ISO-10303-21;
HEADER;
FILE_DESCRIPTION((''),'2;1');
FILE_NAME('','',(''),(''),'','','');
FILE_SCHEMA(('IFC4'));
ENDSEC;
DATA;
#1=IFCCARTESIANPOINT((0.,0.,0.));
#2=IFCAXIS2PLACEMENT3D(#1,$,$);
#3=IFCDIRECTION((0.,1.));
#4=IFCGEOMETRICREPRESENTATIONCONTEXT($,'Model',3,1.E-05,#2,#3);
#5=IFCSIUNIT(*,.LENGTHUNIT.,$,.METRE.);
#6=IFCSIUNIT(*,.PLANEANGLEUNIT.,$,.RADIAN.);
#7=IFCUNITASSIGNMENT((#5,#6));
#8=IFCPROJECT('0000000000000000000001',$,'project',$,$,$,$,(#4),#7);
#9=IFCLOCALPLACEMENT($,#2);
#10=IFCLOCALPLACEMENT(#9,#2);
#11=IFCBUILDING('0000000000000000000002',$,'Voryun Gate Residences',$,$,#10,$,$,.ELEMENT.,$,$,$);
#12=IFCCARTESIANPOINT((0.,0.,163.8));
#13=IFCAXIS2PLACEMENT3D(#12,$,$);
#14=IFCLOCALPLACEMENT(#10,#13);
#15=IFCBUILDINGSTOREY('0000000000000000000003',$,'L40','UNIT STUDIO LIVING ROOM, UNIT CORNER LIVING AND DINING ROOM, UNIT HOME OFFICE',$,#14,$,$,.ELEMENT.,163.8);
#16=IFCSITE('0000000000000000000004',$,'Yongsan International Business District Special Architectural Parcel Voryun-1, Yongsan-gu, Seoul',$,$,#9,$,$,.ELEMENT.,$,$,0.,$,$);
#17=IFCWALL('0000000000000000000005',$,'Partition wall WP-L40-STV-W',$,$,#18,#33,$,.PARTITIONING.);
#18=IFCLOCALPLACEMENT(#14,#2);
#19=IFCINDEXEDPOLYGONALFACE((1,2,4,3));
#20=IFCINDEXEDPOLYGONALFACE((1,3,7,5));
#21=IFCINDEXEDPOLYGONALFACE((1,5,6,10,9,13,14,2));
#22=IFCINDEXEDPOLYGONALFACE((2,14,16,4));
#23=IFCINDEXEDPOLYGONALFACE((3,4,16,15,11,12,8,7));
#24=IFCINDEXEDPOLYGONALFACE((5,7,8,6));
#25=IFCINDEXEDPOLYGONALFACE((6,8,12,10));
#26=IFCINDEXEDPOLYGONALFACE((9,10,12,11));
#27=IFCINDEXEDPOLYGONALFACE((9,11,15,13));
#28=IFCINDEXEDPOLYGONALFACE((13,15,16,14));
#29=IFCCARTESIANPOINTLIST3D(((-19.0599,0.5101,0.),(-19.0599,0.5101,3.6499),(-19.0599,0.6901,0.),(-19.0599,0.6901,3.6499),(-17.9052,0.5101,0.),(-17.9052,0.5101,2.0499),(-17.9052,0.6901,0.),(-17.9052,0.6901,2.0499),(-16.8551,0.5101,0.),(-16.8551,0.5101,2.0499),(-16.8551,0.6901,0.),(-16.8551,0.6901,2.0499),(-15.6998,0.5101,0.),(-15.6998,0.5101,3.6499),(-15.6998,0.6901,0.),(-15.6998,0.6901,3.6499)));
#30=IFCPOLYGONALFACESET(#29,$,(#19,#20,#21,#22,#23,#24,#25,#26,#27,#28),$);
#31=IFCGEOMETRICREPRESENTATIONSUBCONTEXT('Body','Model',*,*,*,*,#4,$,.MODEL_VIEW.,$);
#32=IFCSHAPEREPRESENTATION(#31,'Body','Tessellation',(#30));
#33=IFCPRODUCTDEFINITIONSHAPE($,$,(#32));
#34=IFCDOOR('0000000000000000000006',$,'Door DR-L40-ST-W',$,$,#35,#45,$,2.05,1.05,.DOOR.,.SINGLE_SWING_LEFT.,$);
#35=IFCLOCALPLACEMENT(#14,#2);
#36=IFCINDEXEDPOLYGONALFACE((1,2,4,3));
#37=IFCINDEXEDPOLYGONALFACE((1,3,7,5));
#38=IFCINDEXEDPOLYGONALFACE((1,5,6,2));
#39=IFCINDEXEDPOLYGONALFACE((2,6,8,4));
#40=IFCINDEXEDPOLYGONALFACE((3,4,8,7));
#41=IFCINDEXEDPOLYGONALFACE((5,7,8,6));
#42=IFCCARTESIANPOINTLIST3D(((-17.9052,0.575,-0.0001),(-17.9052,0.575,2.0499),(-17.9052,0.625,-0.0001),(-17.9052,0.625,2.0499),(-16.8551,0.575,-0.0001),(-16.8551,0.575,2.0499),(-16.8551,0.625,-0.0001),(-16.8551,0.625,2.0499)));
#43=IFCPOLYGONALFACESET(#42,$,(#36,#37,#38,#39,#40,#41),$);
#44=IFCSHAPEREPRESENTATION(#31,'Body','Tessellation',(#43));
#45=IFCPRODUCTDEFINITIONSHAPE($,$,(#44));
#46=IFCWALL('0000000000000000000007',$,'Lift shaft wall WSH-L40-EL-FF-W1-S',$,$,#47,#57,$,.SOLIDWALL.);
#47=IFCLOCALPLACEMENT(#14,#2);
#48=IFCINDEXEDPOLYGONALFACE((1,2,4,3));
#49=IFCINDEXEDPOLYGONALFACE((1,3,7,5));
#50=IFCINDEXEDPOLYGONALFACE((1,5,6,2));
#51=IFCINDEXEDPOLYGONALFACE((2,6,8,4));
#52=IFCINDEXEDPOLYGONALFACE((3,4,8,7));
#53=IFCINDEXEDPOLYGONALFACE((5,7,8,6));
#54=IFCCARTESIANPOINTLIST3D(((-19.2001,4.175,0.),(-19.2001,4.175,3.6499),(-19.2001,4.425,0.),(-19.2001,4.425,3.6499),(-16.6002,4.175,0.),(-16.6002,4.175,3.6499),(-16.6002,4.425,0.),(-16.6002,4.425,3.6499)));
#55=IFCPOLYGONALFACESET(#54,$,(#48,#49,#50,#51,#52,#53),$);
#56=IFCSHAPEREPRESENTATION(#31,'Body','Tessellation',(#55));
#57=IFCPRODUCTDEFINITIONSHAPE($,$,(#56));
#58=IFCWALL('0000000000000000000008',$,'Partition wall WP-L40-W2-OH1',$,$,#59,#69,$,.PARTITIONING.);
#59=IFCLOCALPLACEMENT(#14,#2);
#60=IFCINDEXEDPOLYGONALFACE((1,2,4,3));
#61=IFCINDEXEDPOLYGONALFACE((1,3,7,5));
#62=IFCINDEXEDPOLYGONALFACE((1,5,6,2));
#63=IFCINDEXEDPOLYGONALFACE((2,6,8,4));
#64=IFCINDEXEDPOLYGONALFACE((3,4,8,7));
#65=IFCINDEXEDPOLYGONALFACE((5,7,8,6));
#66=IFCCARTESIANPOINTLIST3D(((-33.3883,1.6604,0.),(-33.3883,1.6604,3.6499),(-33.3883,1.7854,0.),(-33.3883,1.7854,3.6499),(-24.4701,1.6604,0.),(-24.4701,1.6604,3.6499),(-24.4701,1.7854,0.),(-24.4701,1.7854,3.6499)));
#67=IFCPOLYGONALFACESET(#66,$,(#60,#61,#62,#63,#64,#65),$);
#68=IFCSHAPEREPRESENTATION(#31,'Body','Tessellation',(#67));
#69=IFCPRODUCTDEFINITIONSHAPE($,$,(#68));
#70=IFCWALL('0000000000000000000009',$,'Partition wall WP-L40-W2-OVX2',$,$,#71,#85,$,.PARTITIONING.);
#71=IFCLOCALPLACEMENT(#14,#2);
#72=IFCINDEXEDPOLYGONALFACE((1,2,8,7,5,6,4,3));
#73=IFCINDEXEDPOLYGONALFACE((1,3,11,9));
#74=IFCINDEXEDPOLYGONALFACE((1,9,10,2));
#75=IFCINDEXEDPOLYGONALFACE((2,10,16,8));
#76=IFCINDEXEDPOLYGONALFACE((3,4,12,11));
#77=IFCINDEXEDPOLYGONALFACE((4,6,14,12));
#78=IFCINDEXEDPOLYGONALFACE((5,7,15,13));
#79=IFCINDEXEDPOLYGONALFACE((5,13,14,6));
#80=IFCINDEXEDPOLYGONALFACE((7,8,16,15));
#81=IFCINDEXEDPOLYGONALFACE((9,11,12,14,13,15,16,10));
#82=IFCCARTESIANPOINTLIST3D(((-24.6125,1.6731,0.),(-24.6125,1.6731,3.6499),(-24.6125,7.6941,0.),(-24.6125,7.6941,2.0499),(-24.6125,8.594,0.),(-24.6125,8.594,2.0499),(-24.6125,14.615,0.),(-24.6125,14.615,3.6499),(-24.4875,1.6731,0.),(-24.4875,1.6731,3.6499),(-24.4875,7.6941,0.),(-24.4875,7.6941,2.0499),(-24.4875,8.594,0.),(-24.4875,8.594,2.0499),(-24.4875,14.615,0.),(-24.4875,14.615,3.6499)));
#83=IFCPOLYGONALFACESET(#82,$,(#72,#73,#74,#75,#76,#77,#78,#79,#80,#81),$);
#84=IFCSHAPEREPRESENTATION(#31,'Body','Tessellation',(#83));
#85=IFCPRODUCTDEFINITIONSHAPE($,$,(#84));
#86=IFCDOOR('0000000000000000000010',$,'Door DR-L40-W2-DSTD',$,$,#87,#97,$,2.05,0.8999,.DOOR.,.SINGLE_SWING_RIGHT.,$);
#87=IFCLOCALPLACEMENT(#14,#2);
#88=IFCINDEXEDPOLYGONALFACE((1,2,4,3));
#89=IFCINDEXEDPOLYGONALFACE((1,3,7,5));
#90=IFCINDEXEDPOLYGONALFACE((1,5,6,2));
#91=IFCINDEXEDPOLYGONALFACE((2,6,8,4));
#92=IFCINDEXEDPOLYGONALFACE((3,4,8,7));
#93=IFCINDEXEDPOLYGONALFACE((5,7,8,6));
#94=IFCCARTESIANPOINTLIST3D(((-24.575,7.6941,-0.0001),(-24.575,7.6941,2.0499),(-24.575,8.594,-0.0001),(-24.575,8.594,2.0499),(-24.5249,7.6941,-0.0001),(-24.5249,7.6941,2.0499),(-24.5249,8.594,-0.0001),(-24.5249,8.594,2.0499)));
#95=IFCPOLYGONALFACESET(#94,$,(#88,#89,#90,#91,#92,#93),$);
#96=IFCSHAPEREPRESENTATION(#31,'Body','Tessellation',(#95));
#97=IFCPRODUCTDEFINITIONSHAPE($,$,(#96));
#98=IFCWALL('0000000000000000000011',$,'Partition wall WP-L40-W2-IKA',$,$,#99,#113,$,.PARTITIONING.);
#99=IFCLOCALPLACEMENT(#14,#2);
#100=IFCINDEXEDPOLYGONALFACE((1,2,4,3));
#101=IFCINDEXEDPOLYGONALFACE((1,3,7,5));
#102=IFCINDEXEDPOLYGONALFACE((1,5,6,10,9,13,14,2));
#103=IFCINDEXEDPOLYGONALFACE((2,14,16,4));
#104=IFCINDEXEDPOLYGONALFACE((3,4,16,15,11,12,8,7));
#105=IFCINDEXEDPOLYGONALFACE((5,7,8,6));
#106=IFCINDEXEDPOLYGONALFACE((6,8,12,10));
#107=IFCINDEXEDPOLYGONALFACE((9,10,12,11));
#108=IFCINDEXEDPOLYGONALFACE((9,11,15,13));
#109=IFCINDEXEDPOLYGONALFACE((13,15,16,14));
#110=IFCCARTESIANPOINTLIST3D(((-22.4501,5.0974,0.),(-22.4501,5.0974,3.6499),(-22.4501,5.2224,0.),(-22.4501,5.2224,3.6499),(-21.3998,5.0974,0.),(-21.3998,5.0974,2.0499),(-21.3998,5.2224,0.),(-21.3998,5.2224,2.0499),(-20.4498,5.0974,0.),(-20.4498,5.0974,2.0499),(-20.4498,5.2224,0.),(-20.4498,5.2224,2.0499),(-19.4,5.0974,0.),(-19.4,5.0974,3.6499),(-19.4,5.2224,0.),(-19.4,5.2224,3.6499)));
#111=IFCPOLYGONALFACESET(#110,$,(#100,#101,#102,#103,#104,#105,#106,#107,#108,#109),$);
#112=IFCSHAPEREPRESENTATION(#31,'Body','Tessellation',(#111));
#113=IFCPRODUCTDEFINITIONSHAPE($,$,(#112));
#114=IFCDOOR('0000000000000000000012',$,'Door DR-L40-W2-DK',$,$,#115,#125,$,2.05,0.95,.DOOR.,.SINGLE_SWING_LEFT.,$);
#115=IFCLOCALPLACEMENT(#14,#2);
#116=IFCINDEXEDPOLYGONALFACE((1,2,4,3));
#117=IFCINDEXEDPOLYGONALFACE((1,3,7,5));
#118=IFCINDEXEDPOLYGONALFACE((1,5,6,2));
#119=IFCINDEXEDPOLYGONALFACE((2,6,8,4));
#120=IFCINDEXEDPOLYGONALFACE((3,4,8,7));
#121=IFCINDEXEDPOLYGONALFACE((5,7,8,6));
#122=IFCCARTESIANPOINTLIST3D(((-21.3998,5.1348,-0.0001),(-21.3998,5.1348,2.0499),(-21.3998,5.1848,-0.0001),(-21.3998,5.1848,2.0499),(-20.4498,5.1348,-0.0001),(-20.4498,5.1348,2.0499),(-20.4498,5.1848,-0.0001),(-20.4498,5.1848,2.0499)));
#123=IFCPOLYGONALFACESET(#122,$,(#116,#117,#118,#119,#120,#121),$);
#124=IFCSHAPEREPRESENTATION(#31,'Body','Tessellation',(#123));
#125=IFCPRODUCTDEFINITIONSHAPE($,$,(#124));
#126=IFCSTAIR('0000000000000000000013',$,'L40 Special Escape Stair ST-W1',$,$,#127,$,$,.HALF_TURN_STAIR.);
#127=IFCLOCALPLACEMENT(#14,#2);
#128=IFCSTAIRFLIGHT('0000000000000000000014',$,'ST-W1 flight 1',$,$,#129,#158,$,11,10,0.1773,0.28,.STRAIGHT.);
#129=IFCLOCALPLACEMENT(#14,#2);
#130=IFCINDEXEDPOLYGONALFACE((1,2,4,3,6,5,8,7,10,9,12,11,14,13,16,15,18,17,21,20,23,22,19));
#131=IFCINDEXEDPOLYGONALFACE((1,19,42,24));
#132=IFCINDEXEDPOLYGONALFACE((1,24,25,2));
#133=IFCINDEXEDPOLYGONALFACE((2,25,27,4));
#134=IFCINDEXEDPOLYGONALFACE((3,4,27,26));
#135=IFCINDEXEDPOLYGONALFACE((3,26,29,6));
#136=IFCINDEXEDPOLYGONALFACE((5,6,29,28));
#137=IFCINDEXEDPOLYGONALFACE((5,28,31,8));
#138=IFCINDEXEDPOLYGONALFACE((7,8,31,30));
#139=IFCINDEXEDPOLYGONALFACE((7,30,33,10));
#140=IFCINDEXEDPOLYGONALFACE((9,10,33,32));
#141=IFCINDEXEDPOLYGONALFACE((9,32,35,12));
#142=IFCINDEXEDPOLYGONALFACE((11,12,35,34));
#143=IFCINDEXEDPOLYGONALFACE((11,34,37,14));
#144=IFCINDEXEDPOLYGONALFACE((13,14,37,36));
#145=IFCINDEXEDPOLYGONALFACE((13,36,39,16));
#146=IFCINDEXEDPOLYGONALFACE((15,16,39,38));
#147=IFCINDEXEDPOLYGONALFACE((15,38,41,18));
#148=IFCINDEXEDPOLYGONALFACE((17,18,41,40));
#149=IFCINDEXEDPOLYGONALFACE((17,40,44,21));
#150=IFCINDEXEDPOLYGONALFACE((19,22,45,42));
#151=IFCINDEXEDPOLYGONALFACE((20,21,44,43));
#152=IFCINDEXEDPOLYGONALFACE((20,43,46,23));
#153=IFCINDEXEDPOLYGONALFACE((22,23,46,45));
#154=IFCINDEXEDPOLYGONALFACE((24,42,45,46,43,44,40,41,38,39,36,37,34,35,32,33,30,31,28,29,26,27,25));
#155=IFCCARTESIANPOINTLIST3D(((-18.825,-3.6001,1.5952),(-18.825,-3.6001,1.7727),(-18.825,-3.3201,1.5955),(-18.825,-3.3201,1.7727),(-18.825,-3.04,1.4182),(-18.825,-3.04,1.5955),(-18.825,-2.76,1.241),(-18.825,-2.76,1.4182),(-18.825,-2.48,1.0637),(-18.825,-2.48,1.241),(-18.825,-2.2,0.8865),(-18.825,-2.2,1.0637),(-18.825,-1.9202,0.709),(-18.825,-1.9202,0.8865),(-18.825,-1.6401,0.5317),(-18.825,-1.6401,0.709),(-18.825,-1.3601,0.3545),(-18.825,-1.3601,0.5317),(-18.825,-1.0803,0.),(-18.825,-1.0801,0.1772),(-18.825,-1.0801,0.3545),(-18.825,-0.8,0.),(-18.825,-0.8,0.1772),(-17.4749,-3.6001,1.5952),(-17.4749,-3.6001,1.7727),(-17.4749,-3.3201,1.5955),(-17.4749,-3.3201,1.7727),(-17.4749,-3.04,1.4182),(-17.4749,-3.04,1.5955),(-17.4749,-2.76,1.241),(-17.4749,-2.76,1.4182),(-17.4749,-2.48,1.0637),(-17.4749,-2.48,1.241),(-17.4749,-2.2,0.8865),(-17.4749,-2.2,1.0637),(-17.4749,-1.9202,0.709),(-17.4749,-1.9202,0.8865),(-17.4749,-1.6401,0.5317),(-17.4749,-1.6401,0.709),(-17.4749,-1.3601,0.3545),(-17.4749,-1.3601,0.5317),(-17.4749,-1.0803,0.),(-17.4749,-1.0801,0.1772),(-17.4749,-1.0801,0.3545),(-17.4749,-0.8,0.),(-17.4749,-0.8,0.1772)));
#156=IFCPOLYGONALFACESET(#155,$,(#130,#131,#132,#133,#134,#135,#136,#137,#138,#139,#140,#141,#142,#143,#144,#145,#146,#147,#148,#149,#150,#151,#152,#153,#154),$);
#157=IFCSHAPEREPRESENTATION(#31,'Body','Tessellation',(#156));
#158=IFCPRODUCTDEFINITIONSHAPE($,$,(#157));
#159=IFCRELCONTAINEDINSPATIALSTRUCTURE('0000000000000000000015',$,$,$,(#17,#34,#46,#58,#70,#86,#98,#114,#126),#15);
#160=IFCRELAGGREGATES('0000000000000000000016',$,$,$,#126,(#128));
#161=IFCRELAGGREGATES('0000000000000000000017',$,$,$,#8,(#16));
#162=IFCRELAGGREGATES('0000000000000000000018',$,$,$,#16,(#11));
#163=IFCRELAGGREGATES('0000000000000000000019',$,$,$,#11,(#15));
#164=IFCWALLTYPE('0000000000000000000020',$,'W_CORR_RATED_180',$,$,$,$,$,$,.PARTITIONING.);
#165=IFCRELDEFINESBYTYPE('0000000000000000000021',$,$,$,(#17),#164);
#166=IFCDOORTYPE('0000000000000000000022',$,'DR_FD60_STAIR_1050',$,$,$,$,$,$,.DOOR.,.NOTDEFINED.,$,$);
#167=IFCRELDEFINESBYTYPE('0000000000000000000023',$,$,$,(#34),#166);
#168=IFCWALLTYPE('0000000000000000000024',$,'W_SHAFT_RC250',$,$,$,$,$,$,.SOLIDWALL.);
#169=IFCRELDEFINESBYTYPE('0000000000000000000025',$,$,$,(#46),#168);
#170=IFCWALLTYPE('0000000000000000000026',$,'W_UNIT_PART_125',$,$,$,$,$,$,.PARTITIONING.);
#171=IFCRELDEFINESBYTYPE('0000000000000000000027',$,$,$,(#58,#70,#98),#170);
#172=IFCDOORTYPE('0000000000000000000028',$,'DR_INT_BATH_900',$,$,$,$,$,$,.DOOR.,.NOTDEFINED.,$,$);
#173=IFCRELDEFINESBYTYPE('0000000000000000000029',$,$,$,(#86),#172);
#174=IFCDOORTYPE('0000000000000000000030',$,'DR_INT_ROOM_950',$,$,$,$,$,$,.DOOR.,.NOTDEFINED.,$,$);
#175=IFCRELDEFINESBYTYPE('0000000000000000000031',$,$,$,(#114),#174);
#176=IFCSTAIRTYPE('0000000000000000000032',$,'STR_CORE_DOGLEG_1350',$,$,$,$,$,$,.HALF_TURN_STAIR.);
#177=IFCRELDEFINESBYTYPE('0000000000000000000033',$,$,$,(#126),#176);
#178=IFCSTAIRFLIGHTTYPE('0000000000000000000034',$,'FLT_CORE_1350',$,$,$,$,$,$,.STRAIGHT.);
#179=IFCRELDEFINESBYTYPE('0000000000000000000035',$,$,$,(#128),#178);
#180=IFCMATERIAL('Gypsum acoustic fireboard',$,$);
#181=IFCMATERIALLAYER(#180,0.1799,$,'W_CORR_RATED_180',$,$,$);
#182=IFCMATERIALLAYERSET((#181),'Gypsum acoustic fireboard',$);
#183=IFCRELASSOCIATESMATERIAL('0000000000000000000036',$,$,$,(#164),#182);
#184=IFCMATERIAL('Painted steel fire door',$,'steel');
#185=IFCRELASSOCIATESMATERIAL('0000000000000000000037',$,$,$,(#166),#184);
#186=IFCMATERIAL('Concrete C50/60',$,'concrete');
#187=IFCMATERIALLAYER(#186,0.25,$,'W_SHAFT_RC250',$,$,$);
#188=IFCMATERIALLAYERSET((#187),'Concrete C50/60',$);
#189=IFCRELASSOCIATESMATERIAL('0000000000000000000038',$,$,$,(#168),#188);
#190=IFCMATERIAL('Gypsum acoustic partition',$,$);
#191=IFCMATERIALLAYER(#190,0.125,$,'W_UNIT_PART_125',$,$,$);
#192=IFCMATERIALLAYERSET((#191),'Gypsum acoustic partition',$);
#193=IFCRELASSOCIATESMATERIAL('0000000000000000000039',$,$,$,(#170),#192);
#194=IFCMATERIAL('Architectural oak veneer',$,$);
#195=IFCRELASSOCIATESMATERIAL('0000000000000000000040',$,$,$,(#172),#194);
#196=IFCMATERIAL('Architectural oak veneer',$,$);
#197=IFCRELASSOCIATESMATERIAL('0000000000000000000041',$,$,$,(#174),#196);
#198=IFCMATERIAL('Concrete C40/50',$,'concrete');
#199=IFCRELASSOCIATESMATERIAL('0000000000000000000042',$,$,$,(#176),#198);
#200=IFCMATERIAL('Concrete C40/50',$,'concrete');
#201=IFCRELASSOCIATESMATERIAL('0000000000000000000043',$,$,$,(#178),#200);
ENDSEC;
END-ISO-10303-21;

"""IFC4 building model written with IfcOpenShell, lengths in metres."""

from ifc_helpers import new_model, si_unit, direction, frame, frame_2d, origin, place, context, subcontext, project, spatial, polyline, rectangle, outline, extrude, material, layer, layer_set, type_object, element, fill, aggregate, save


model = new_model("IFC4")

# Units and contexts
model_context = context("Model", 3, precision=1e-05, world=origin(), true_north=direction((0.0, 1.0)))
body_context = subcontext(model_context, "Body", "Model", "MODEL_VIEW")
ifc_project = project(units=[si_unit("LENGTHUNIT", "METRE"), si_unit("PLANEANGLEUNIT", "RADIAN")], contexts=[model_context])

# Site, building, storey
site_placement = place(None, origin())
site = spatial("IfcSite", under=ifc_project, at=site_placement, Name="Yongsan International Business District Special Architectural Parcel Voryun-1, Yongsan-gu, Seoul", CompositionType="ELEMENT", RefElevation=0.0)
building_placement = place(site_placement, origin())
building = spatial("IfcBuilding", under=site, at=building_placement, Name="Voryun Gate Residences", CompositionType="ELEMENT")
storey_placement = place(building_placement, frame((0.0, 0.0, 163.8)))
storey = spatial("IfcBuildingStorey", under=building, at=storey_placement, Name="L40", Description="UNIT STUDIO LIVING ROOM, UNIT CORNER LIVING AND DINING ROOM, UNIT HOME OFFICE", CompositionType="ELEMENT", Elevation=163.8)

# Wall, opening, door
ifc_material_1 = material(Name="Gypsum acoustic fireboard")
ifc_layer_1 = layer(ifc_material_1, 0.1799, Name="W_CORR_RATED_180")
ifc_layer_set_1 = layer_set([ifc_layer_1], Name="Gypsum acoustic fireboard")
wall_type_1 = type_object("IfcWallType", Name="W_CORR_RATED_180", PredefinedType="PARTITIONING", material=ifc_layer_set_1)
wall_1_placement = place(storey_placement, frame((-19.0601, 0.6001, 0.0), z_axis=(0.0, 0.0, 1.0), x_axis=(1.0, 0.0, 0.0)))
wall_1 = element("IfcWall", 1, at=wall_1_placement, inside=storey, type_object=wall_type_1, Name="Partition wall WP-L40-STV-W", PredefinedType="PARTITIONING", context=body_context, shape_type="SweptSolid", body=[
    extrude(rectangle(XDim=3.3601, YDim=0.1799, at=frame_2d((1.6802, 0.0))), origin(), (0.0, 0.0, 1.0), 3.6499),
])
opening_1_placement = place(wall_1_placement, frame((1.155, 0.0, 0.0)))
opening_1 = element("IfcOpeningElement", 2, at=opening_1_placement, cuts=wall_1, PredefinedType="OPENING", context=body_context, shape_type="SweptSolid", body=[
    extrude(rectangle(XDim=1.05, YDim=2.05, at=frame_2d((0.5249, 1.0249))), frame((0.0, 0.0999, 0.0), z_axis=(0.0, -1.0, 0.0), x_axis=(1.0, 0.0, 0.0)), (0.0, 0.0, 1.0), 0.2),
])
ifc_material_2 = material(Name="Painted steel fire door", Category="steel")
door_type_1 = type_object("IfcDoorType", Name="DR_FD60_STAIR_1050", OperationType="NOTDEFINED", PredefinedType="DOOR", material=ifc_material_2)
door_1_placement = place(opening_1_placement, origin())
door_1 = element("IfcDoor", 3, at=door_1_placement, inside=storey, type_object=door_type_1, Name="Door DR-L40-ST-W", OperationType="SINGLE_SWING_LEFT", OverallHeight=2.05, OverallWidth=1.05, PredefinedType="DOOR", context=body_context, shape_type="SweptSolid", body=[
    extrude(rectangle(XDim=1.05, YDim=2.05, at=frame_2d((0.5249, 1.0249))), frame((0.0, 0.0249, 0.0), z_axis=(0.0, -1.0, 0.0), x_axis=(1.0, 0.0, 0.0)), (0.0, 0.0, 1.0), 0.05),
])
fill(opening_1, door_1)

# Walls
ifc_material_3 = material(Name="Concrete C50/60", Category="concrete")
ifc_layer_2 = layer(ifc_material_3, 0.25, Name="W_SHAFT_RC250")
ifc_layer_set_2 = layer_set([ifc_layer_2], Name="Concrete C50/60")
wall_type_2 = type_object("IfcWallType", Name="W_SHAFT_RC250", PredefinedType="SOLIDWALL", material=ifc_layer_set_2)
wall_2_placement = place(storey_placement, frame((-19.2, 4.3, 0.0), z_axis=(0.0, 0.0, 1.0), x_axis=(1.0, 0.0, 0.0)))
element("IfcWall", 4, at=wall_2_placement, inside=storey, type_object=wall_type_2, Name="Lift shaft wall WSH-L40-EL-FF-W1-S", PredefinedType="SOLIDWALL", context=body_context, shape_type="SweptSolid", body=[
    extrude(rectangle(XDim=2.5999, YDim=0.25, at=frame_2d((1.2998, 0.0))), origin(), (0.0, 0.0, 1.0), 3.6499),
])
ifc_material_4 = material(Name="Gypsum acoustic partition")
ifc_layer_3 = layer(ifc_material_4, 0.125, Name="W_UNIT_PART_125")
ifc_layer_set_3 = layer_set([ifc_layer_3], Name="Gypsum acoustic partition")
wall_type_3 = type_object("IfcWallType", Name="W_UNIT_PART_125", PredefinedType="PARTITIONING", material=ifc_layer_set_3)
wall_3_placement = place(storey_placement, frame((-33.3882, 1.7229, 0.0), z_axis=(0.0, 0.0, 1.0), x_axis=(1.0, 0.0, 0.0)))
element("IfcWall", 5, at=wall_3_placement, inside=storey, type_object=wall_type_3, Name="Partition wall WP-L40-W2-OH1", PredefinedType="PARTITIONING", context=body_context, shape_type="SweptSolid", body=[
    extrude(rectangle(XDim=8.9182, YDim=0.125, at=frame_2d((4.459, 0.0))), origin(), (0.0, 0.0, 1.0), 3.6499),
])

# Walls, openings, doors
wall_4_placement = place(storey_placement, frame((-24.55, 1.6731, 0.0), z_axis=(0.0, 0.0, 1.0), x_axis=(0.0, 1.0, 0.0)))
wall_4 = element("IfcWall", 6, at=wall_4_placement, inside=storey, type_object=wall_type_3, Name="Partition wall WP-L40-W2-OVX2", PredefinedType="PARTITIONING", context=body_context, shape_type="SweptSolid", body=[
    extrude(rectangle(XDim=12.9419, YDim=0.125, at=frame_2d((6.4709, 0.0))), origin(), (0.0, 0.0, 1.0), 3.6499),
])
opening_2_placement = place(wall_4_placement, frame((6.021, 0.0, 0.0)))
opening_2 = element("IfcOpeningElement", 7, at=opening_2_placement, cuts=wall_4, PredefinedType="OPENING", context=body_context, shape_type="SweptSolid", body=[
    extrude(rectangle(XDim=0.8999, YDim=2.05, at=frame_2d((0.45, 1.0249))), frame((0.0, 0.0725, 0.0), z_axis=(0.0, -1.0, 0.0), x_axis=(1.0, 0.0, 0.0)), (0.0, 0.0, 1.0), 0.145),
])
ifc_material_5 = material(Name="Architectural oak veneer")
door_type_2 = type_object("IfcDoorType", Name="DR_INT_BATH_900", OperationType="NOTDEFINED", PredefinedType="DOOR", material=ifc_material_5)
door_2_placement = place(opening_2_placement, origin())
door_2 = element("IfcDoor", 8, at=door_2_placement, inside=storey, type_object=door_type_2, Name="Door DR-L40-W2-DSTD", OperationType="SINGLE_SWING_RIGHT", OverallHeight=2.05, OverallWidth=0.8999, PredefinedType="DOOR", context=body_context, shape_type="SweptSolid", body=[
    extrude(rectangle(XDim=0.8999, YDim=2.05, at=frame_2d((0.45, 1.0249))), frame((0.0, 0.0249, 0.0), z_axis=(0.0, -1.0, 0.0), x_axis=(1.0, 0.0, 0.0)), (0.0, 0.0, 1.0), 0.05),
])
fill(opening_2, door_2)
wall_5_placement = place(storey_placement, frame((-22.45, 5.1599, 0.0), z_axis=(0.0, 0.0, 1.0), x_axis=(1.0, 0.0, 0.0)))
wall_5 = element("IfcWall", 9, at=wall_5_placement, inside=storey, type_object=wall_type_3, Name="Partition wall WP-L40-W2-IKA", PredefinedType="PARTITIONING", context=body_context, shape_type="SweptSolid", body=[
    extrude(rectangle(XDim=3.05, YDim=0.125, at=frame_2d((1.5249, 0.0))), origin(), (0.0, 0.0, 1.0), 3.6499),
])
opening_3_placement = place(wall_5_placement, frame((1.05, 0.0, 0.0)))
opening_3 = element("IfcOpeningElement", 10, at=opening_3_placement, cuts=wall_5, PredefinedType="OPENING", context=body_context, shape_type="SweptSolid", body=[
    extrude(rectangle(XDim=0.95, YDim=2.05, at=frame_2d((0.4751, 1.0249))), frame((0.0, 0.0725, 0.0), z_axis=(0.0, -1.0, 0.0), x_axis=(1.0, 0.0, 0.0)), (0.0, 0.0, 1.0), 0.145),
])
ifc_material_6 = material(Name="Architectural oak veneer")
door_type_3 = type_object("IfcDoorType", Name="DR_INT_ROOM_950", OperationType="NOTDEFINED", PredefinedType="DOOR", material=ifc_material_6)
door_3_placement = place(opening_3_placement, origin())
door_3 = element("IfcDoor", 11, at=door_3_placement, inside=storey, type_object=door_type_3, Name="Door DR-L40-W2-DK", OperationType="SINGLE_SWING_LEFT", OverallHeight=2.05, OverallWidth=0.95, PredefinedType="DOOR", context=body_context, shape_type="SweptSolid", body=[
    extrude(rectangle(XDim=0.95, YDim=2.05, at=frame_2d((0.4751, 1.0249))), frame((0.0, 0.0249, 0.0), z_axis=(0.0, -1.0, 0.0), x_axis=(1.0, 0.0, 0.0)), (0.0, 0.0, 1.0), 0.05),
])
fill(opening_3, door_3)

# Stair, stair flight
ifc_material_7 = material(Name="Concrete C40/50", Category="concrete")
stair_type = type_object("IfcStairType", Name="STR_CORE_DOGLEG_1350", PredefinedType="HALF_TURN_STAIR", material=ifc_material_7)
stair_placement = place(storey_placement, origin())
stair = element("IfcStair", 12, at=stair_placement, inside=storey, type_object=stair_type, Name="L40 Special Escape Stair ST-W1", PredefinedType="HALF_TURN_STAIR")
ifc_material_8 = material(Name="Concrete C40/50", Category="concrete")
stair_flight_type = type_object("IfcStairFlightType", Name="FLT_CORE_1350", PredefinedType="STRAIGHT", material=ifc_material_8)
stair_flight_placement = place(storey_placement, frame((-18.1499, -0.8, 0.0), z_axis=(0.0, 0.0, 1.0), x_axis=(0.0, -1.0, 0.0)))
stair_flight = element("IfcStairFlight", 13, at=stair_flight_placement, type_object=stair_flight_type, Name="ST-W1 flight 1", NumberOfRisers=11, NumberOfTreads=10, PredefinedType="STRAIGHT", RiserHeight=0.1773, TreadLength=0.28, context=body_context, shape_type="SweptSolid", body=[
    extrude(outline(polyline([(0.0, 0.0), (0.0, 0.1772), (0.28, 0.1772), (0.28, 0.3545), (0.5601, 0.3545), (0.5601, 0.5317), (0.8401, 0.5317), (0.8401, 0.709), (1.1201, 0.709), (1.1201, 0.8865), (1.3999, 0.8865), (1.3999, 1.0637), (1.6799, 1.0637), (1.6799, 1.241), (1.96, 1.241), (1.96, 1.4182), (2.24, 1.4182), (2.24, 1.5955), (2.52, 1.5955), (2.52, 1.7727), (2.8, 1.7727), (2.8, 1.95), (2.8, 1.5952), (0.2803, 0.0), (0.0, 0.0)])), frame((0.0, 0.675, 0.0), z_axis=(0.0, -1.0, 0.0), x_axis=(1.0, 0.0, 0.0)), (0.0, 0.0, 1.0), 1.3501),
])
aggregate(stair, [stair_flight])

save(model, "model.ifc")
